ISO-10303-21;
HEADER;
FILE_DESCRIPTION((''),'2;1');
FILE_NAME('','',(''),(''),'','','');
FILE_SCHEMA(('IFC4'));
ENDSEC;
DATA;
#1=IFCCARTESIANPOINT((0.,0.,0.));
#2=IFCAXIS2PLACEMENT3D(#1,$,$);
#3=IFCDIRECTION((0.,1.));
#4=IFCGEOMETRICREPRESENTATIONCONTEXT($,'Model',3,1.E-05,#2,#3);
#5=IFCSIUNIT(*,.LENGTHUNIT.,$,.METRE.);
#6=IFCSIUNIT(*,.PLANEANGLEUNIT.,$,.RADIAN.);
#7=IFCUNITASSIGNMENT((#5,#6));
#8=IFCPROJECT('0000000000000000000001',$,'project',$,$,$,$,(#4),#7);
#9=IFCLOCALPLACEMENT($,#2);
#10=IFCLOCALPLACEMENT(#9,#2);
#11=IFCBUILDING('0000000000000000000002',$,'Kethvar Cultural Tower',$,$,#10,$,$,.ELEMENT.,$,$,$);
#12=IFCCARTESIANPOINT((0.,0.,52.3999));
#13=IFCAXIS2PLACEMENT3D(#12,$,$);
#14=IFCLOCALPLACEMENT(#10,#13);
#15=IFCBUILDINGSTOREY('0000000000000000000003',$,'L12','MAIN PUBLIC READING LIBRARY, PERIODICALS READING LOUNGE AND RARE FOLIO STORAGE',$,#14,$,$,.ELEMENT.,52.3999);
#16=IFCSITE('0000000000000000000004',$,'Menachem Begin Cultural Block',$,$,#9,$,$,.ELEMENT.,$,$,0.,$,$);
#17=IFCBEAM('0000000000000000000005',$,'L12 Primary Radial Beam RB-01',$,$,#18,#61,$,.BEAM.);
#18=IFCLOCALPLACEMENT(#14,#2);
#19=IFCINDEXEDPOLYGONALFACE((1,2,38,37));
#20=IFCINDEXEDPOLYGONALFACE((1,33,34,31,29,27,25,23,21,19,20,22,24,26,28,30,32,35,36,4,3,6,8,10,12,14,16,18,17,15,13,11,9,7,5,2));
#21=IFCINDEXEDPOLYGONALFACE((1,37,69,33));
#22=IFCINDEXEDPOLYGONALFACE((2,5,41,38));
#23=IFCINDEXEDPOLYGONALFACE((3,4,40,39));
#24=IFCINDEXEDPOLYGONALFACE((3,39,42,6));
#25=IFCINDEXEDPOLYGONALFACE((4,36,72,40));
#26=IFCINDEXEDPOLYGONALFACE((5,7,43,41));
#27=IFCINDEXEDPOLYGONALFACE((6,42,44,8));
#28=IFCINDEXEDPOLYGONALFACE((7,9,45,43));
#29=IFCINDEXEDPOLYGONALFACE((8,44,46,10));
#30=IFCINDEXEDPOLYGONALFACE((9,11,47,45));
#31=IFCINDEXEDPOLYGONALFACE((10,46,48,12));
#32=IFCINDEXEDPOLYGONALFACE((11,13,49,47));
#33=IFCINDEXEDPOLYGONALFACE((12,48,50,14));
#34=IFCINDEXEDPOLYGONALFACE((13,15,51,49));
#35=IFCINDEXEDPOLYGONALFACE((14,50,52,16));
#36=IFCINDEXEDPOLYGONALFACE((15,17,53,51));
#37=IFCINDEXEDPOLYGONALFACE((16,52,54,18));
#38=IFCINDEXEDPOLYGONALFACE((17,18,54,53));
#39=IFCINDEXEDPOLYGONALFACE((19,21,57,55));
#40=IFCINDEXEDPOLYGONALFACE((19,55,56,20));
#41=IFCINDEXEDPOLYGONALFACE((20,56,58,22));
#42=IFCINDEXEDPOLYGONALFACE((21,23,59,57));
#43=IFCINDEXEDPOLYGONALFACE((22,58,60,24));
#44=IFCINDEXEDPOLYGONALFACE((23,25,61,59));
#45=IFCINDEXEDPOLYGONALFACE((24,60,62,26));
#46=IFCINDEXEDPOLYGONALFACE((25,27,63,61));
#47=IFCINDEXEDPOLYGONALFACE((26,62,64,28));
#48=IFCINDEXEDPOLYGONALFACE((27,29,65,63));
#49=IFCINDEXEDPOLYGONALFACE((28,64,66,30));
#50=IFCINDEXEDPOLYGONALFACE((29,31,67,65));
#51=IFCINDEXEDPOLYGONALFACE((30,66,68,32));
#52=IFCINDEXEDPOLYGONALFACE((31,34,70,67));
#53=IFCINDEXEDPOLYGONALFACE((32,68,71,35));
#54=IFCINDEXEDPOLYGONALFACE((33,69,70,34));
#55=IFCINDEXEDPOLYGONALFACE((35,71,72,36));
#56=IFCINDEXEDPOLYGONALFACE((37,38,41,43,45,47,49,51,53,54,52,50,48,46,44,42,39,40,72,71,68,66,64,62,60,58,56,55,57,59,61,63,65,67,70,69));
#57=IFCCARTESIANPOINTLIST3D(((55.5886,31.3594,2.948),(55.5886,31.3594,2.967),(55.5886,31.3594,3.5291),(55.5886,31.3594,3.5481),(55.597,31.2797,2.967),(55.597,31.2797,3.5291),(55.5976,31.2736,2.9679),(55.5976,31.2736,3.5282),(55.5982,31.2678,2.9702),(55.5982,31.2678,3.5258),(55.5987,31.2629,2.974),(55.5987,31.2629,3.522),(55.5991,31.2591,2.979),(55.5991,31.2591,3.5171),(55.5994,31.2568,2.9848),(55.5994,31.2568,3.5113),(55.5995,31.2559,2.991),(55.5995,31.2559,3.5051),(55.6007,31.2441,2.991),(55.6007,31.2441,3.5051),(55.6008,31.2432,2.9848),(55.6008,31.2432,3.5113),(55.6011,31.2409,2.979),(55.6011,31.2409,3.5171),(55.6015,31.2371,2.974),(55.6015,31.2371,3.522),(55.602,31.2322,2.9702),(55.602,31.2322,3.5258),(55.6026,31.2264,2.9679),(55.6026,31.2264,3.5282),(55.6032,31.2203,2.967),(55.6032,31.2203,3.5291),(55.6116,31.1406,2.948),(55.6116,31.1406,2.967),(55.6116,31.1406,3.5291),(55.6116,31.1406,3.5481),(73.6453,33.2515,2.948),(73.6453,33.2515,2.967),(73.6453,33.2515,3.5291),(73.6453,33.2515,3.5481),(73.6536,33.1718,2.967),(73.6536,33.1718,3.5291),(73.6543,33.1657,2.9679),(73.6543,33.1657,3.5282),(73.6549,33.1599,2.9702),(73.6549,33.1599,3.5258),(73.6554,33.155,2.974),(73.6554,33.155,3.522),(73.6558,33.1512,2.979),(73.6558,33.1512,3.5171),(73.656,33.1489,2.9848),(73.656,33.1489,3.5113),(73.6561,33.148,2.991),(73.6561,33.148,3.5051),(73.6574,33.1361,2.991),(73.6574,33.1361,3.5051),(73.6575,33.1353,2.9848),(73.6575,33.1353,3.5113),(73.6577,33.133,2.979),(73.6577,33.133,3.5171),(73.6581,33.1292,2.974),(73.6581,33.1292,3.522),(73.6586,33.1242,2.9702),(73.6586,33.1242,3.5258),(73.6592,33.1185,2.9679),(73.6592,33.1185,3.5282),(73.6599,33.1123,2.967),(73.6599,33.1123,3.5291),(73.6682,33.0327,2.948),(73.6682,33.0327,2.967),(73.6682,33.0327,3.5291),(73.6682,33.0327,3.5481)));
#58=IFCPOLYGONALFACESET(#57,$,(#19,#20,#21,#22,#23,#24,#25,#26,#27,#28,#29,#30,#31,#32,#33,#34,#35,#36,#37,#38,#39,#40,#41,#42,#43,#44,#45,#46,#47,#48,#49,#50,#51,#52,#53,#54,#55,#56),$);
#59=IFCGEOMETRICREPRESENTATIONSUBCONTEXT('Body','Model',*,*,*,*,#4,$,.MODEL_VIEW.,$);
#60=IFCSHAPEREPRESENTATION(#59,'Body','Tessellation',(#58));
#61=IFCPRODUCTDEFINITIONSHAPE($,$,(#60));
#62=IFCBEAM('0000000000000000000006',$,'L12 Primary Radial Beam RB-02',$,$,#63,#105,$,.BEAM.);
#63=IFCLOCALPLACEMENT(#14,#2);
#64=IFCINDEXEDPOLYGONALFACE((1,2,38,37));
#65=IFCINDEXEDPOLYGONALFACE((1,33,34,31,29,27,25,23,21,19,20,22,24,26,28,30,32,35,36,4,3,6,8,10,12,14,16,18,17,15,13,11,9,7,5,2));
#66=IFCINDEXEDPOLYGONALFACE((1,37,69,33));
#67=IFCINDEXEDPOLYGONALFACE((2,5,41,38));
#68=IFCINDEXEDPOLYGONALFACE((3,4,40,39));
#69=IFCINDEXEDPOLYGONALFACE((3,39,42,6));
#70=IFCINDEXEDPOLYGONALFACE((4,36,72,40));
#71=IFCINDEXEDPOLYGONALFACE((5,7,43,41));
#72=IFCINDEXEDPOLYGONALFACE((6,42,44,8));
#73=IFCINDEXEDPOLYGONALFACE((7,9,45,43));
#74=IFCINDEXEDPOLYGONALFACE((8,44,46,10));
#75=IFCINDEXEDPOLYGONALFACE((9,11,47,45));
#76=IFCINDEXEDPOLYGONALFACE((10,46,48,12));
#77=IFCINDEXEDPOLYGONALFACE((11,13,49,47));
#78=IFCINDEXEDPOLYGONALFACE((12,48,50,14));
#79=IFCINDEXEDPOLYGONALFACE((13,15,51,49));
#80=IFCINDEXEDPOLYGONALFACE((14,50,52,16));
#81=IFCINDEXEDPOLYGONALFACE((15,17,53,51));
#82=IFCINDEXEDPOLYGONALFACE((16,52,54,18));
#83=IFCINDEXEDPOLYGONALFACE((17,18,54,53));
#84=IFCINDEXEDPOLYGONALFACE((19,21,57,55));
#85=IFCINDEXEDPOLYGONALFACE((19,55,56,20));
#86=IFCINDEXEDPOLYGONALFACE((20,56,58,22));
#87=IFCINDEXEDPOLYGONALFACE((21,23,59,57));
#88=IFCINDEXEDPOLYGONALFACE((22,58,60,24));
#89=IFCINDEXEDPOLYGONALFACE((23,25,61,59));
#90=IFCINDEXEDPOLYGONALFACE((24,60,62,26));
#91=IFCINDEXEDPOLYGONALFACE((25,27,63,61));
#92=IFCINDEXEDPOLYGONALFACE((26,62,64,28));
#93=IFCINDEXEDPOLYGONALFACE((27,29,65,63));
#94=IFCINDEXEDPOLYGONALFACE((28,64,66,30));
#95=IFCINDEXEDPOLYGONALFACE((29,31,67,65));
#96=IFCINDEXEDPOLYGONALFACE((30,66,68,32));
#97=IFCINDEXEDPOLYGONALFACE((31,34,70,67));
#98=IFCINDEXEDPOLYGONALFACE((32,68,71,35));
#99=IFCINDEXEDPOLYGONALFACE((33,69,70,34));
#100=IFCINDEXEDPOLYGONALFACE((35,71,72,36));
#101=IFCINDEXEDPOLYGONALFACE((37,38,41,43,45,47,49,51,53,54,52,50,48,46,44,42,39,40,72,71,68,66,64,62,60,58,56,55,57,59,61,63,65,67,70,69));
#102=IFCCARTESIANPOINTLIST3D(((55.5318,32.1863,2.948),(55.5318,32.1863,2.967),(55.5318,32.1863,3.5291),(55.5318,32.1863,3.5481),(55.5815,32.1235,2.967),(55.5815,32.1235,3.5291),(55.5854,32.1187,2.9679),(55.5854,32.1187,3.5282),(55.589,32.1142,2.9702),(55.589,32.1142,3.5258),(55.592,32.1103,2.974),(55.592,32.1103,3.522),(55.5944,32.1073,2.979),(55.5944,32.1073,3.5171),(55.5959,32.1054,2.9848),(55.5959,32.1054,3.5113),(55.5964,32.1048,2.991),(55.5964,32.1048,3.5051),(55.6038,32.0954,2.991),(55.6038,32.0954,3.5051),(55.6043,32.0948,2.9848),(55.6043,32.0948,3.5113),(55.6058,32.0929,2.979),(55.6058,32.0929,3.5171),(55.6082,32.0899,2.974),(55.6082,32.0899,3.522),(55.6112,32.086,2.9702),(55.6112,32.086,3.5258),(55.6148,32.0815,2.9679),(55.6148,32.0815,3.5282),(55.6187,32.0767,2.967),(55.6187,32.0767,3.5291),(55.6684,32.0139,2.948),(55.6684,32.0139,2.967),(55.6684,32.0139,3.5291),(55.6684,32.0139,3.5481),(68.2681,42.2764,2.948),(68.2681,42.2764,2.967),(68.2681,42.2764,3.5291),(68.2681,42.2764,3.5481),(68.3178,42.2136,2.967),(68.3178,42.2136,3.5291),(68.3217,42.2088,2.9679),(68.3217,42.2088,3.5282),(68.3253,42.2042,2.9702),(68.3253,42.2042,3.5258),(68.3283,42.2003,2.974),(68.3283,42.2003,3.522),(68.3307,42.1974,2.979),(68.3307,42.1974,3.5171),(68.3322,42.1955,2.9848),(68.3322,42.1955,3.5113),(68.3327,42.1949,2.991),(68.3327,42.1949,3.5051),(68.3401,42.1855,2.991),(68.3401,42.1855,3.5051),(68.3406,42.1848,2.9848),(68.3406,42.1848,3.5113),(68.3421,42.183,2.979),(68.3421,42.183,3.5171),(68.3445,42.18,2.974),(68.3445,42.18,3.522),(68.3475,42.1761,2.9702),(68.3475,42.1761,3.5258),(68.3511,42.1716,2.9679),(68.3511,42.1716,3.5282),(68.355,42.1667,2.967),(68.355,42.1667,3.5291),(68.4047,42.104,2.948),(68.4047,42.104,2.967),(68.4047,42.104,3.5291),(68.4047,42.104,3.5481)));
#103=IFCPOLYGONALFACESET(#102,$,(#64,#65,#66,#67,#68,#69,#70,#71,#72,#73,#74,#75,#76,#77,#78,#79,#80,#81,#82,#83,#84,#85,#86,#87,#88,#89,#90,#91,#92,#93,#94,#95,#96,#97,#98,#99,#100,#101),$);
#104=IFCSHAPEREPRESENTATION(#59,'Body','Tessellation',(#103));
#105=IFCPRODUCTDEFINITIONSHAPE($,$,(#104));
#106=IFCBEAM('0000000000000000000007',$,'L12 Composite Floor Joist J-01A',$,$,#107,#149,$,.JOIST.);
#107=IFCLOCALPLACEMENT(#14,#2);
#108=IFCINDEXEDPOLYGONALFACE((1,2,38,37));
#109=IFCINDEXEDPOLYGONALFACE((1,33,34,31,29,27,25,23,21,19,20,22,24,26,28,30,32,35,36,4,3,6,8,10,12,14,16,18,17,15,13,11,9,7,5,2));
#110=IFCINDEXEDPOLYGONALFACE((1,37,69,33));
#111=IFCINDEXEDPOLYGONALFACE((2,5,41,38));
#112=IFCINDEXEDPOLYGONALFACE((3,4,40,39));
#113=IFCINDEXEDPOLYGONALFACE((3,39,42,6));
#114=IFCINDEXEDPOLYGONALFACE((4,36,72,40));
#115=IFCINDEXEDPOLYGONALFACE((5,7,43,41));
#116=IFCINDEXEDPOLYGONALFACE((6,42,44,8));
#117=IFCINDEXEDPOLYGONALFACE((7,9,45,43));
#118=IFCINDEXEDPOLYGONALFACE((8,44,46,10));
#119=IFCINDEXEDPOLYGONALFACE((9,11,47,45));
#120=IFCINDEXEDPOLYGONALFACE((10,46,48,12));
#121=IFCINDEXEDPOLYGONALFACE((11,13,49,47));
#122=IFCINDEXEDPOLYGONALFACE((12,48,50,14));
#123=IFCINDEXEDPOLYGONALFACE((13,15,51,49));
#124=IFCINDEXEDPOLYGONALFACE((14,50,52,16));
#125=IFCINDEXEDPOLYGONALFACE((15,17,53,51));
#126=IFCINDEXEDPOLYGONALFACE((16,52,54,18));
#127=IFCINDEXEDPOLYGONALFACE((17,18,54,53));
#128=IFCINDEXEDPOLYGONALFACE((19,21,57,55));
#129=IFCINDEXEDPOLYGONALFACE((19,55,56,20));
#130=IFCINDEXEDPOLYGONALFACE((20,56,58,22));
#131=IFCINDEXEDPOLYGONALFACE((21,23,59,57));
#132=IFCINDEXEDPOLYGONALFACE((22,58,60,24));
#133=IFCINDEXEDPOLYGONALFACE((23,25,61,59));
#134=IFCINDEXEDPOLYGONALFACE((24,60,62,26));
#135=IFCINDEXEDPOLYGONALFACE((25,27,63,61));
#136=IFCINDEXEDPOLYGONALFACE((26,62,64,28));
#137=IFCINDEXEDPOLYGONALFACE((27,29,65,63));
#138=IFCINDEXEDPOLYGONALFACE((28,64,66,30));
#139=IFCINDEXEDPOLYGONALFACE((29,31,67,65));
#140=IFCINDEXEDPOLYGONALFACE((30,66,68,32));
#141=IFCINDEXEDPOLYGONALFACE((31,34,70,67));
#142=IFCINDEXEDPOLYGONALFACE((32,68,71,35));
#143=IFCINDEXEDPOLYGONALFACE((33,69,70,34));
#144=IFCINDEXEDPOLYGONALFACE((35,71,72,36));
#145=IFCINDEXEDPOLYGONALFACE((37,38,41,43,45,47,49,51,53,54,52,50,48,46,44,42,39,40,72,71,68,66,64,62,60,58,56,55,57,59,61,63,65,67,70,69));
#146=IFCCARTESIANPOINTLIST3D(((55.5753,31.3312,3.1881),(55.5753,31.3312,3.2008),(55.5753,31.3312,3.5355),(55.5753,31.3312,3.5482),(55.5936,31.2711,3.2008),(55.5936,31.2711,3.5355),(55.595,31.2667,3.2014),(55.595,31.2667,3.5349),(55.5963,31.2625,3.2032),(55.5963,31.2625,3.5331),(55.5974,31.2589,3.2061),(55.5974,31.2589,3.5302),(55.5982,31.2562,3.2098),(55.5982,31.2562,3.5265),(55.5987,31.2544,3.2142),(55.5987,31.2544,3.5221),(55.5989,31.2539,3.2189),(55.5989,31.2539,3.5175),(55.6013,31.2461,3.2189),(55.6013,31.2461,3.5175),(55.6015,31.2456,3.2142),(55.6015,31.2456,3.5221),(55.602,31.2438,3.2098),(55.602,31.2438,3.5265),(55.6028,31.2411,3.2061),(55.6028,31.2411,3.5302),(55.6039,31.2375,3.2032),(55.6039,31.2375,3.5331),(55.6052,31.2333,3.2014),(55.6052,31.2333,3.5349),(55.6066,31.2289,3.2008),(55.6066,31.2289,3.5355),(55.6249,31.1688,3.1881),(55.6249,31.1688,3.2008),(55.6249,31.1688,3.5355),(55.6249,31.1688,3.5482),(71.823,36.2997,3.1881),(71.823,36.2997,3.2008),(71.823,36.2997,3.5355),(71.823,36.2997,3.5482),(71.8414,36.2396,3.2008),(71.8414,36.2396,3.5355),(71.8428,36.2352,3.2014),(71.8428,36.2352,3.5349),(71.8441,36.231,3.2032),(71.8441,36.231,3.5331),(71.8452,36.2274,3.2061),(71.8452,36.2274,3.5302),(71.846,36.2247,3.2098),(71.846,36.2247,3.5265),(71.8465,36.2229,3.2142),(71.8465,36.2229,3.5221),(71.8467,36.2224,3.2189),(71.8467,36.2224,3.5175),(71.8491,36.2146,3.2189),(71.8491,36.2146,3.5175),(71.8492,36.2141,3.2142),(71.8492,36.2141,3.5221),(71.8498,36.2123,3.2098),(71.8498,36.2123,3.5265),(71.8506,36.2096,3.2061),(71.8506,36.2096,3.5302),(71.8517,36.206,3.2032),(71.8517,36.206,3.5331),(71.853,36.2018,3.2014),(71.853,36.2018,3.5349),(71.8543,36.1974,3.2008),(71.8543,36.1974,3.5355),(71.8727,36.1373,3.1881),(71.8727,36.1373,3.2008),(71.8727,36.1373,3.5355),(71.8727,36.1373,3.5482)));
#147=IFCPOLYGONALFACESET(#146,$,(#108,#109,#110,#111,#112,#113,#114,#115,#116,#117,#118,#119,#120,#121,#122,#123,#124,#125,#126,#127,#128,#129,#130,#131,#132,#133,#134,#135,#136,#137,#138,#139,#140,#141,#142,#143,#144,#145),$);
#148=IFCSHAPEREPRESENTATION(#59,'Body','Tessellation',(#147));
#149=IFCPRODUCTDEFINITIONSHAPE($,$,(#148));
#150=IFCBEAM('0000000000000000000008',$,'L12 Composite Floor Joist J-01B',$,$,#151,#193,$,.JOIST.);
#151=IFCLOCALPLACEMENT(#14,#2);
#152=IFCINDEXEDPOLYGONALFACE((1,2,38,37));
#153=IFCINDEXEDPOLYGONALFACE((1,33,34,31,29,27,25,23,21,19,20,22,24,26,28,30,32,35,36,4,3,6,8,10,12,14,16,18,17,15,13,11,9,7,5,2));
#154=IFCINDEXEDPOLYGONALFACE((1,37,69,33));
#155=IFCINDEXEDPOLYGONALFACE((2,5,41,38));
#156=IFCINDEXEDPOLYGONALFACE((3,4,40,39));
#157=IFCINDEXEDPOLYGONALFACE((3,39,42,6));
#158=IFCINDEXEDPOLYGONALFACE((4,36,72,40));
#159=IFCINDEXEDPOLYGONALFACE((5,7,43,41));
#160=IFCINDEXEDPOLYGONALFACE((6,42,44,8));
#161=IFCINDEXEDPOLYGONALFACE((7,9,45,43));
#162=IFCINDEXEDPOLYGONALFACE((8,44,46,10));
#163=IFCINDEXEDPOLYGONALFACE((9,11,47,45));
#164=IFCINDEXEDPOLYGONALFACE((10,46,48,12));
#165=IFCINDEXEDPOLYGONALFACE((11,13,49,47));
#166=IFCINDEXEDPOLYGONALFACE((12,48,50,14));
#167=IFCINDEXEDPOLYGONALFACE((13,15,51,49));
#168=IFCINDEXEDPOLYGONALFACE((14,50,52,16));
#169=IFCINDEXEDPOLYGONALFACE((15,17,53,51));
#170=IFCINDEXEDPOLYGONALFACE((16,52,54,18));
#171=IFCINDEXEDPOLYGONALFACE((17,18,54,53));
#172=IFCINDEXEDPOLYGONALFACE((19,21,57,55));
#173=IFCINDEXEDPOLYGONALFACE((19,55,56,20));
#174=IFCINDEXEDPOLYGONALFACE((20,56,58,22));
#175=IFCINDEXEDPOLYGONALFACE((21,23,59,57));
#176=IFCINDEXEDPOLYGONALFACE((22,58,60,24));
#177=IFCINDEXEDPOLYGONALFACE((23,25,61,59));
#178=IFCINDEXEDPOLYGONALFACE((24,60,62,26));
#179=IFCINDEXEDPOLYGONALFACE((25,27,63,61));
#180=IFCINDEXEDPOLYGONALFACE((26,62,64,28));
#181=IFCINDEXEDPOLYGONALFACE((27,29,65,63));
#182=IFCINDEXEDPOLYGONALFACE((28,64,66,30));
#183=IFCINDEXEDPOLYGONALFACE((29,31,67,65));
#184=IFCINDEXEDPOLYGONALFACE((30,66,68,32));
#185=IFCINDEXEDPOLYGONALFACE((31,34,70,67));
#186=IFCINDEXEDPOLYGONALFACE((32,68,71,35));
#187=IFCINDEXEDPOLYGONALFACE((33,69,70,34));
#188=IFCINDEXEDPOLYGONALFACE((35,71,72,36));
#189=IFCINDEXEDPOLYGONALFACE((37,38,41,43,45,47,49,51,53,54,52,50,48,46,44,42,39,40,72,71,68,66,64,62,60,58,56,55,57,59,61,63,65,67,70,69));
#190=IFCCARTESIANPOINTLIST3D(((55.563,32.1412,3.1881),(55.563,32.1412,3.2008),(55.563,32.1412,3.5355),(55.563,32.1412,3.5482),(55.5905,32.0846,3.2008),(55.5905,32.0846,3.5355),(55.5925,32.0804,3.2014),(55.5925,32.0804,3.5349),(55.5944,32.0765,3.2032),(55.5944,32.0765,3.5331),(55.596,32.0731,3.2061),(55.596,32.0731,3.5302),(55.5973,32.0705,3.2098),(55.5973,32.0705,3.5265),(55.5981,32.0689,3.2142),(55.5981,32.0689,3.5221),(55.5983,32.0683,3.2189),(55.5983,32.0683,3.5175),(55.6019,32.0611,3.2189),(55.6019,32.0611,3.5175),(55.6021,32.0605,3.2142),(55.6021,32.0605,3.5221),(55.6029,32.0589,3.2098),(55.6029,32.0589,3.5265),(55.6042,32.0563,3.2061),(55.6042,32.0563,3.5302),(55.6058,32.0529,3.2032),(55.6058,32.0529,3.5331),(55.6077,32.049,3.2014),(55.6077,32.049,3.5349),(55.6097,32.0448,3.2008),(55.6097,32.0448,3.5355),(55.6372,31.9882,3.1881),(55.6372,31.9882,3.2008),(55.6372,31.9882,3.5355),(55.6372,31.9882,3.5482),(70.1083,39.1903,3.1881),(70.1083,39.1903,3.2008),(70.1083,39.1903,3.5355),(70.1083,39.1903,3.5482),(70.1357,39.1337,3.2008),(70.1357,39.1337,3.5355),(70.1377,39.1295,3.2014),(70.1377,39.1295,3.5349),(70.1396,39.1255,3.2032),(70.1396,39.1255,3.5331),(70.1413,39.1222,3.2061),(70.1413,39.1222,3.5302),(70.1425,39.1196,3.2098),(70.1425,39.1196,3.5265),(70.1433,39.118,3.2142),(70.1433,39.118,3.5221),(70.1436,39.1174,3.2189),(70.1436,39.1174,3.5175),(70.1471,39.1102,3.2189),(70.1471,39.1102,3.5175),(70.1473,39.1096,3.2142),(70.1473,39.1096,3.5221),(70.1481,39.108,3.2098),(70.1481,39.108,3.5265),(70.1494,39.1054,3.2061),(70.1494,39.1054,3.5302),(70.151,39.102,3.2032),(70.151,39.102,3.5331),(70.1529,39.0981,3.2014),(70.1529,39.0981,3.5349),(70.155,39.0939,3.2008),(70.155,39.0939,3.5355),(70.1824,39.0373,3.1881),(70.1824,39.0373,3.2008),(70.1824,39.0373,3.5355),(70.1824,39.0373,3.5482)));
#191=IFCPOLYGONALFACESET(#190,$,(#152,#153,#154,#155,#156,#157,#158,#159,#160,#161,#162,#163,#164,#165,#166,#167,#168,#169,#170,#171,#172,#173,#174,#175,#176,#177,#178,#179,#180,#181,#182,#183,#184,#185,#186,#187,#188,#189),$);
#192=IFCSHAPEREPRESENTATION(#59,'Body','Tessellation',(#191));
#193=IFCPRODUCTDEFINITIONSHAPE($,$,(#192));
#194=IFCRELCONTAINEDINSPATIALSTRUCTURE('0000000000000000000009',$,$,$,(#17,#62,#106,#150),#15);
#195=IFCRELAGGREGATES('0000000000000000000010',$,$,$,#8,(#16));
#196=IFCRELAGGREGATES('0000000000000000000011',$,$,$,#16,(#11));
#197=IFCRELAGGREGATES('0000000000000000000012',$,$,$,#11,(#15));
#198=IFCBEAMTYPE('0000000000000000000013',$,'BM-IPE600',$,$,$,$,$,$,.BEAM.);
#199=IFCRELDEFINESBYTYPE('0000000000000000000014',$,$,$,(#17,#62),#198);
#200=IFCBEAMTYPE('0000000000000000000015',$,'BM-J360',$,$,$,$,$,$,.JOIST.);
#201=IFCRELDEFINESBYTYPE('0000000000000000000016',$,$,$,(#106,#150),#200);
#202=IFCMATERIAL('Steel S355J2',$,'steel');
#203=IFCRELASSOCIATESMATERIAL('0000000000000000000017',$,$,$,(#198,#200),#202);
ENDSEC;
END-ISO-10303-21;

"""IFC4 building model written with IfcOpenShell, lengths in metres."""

from ifc_helpers import new_model, si_unit, direction, frame, origin, origin_2d, place, context, subcontext, project, spatial, i_section, extrude, source, transform, mapped, material, material_profile, profile_set, type_object, element, save


model = new_model("IFC4")

# Units and contexts
model_context = context("Model", 3, precision=1e-05, world=origin(), true_north=direction((0.0, 1.0)))
body_context = subcontext(model_context, "Body", "Model", "MODEL_VIEW")
ifc_project = project(units=[si_unit("LENGTHUNIT", "METRE"), si_unit("PLANEANGLEUNIT", "RADIAN")], contexts=[model_context])

# Site, building, storey
site_placement = place(None, origin())
site = spatial("IfcSite", under=ifc_project, at=site_placement, Name="Menachem Begin Cultural Block", CompositionType="ELEMENT", RefElevation=0.0)
building_placement = place(site_placement, origin())
building = spatial("IfcBuilding", under=site, at=building_placement, Name="Kethvar Cultural Tower", CompositionType="ELEMENT")
storey_placement = place(building_placement, frame((0.0, 0.0, 52.3999)))
storey = spatial("IfcBuildingStorey", under=building, at=storey_placement, Name="L12", Description="MAIN PUBLIC READING LIBRARY, PERIODICALS READING LOUNGE AND RARE FOLIO STORAGE", CompositionType="ELEMENT", Elevation=52.3999)

# Beams
ifc_material_1 = material(Name="Steel S355J2", Category="steel")
ifc_material_profile_1 = material_profile(ifc_material_1, i_section(OverallWidth=0.22, OverallDepth=0.6001, WebThickness=0.012, FlangeThickness=0.019, FilletRadius=0.0239, at=origin_2d()), Name="Steel S355J2 — IPE600")
ifc_profile_set_1 = profile_set([ifc_material_profile_1], Name="Steel S355J2 — IPE600")
beam_type_1 = type_object("IfcBeamType", Name="BM-IPE600", PredefinedType="BEAM", material=ifc_profile_set_1)
shared_shape_1 = source(origin(), body_context, "Body", "SweptSolid", [
    extrude(i_section(OverallWidth=0.22, OverallDepth=0.6001, WebThickness=0.012, FlangeThickness=0.019, FilletRadius=0.0239, at=origin_2d()), origin(), (0.0, 0.0, 1.0), 18.1555),
])
beam_1_placement = place(storey_placement, frame((55.6001, 31.25, 3.248), z_axis=(0.994555, 0.104216, 0.0), x_axis=(-0.104216, 0.994555, 0.0)))
element("IfcBeam", 1, at=beam_1_placement, inside=storey, type_object=beam_type_1, Name="L12 Primary Radial Beam RB-01", PredefinedType="BEAM", context=body_context, shape_type="MappedRepresentation", body=[
    mapped(shared_shape_1, transform((0.0, 0.0, 0.0), scale=1.0)),
])
shared_shape_2 = source(origin(), body_context, "Body", "SweptSolid", [
    extrude(i_section(OverallWidth=0.22, OverallDepth=0.6001, WebThickness=0.012, FlangeThickness=0.019, FilletRadius=0.0239, at=origin_2d()), origin(), (0.0, 0.0, 1.0), 16.2488),
])
beam_2_placement = place(storey_placement, frame((55.6001, 32.1001, 3.248), z_axis=(0.783831, 0.620974, 0.0), x_axis=(-0.620974, 0.783831, 0.0)))
element("IfcBeam", 2, at=beam_2_placement, inside=storey, type_object=beam_type_1, Name="L12 Primary Radial Beam RB-02", PredefinedType="BEAM", context=body_context, shape_type="MappedRepresentation", body=[
    mapped(shared_shape_2, transform((0.0, 0.0, 0.0), scale=1.0)),
])
ifc_material_profile_2 = material_profile(ifc_material_1, i_section(OverallWidth=0.1699, OverallDepth=0.3601, WebThickness=0.0081, FlangeThickness=0.0127, FilletRadius=0.0181, at=origin_2d()), Name="Steel S355J2 — IPE360")
ifc_profile_set_2 = profile_set([ifc_material_profile_2], Name="Steel S355J2 — IPE360")
beam_type_2 = type_object("IfcBeamType", Name="BM-J360", PredefinedType="JOIST", material=ifc_profile_set_2)
shared_shape_3 = source(origin(), body_context, "Body", "SweptSolid", [
    extrude(i_section(OverallWidth=0.1699, OverallDepth=0.3601, WebThickness=0.0081, FlangeThickness=0.0127, FilletRadius=0.0181, at=origin_2d()), origin(), (0.0, 0.0, 1.0), 16.9905),
])
beam_3_placement = place(storey_placement, frame((55.6001, 31.25, 3.3682), z_axis=(0.956287, 0.292428, 0.0), x_axis=(-0.292428, 0.956287, 0.0)))
element("IfcBeam", 3, at=beam_3_placement, inside=storey, type_object=beam_type_2, Name="L12 Composite Floor Joist J-01A", PredefinedType="JOIST", context=body_context, shape_type="MappedRepresentation", body=[
    mapped(shared_shape_3, transform((0.0, 0.0, 0.0), scale=1.0)),
])
shared_shape_4 = source(origin(), body_context, "Body", "SweptSolid", [
    extrude(i_section(OverallWidth=0.1699, OverallDepth=0.3601, WebThickness=0.0081, FlangeThickness=0.0127, FilletRadius=0.0181, at=origin_2d()), origin(), (0.0, 0.0, 1.0), 16.1633),
])
beam_4_placement = place(storey_placement, frame((55.6001, 32.0647, 3.3682), z_axis=(0.89989, 0.436117, 0.0), x_axis=(-0.436117, 0.89989, 0.0)))
element("IfcBeam", 4, at=beam_4_placement, inside=storey, type_object=beam_type_2, Name="L12 Composite Floor Joist J-01B", PredefinedType="JOIST", context=body_context, shape_type="MappedRepresentation", body=[
    mapped(shared_shape_4, transform((0.0, 0.0, 0.0), scale=1.0)),
])

save(model, "model.ifc")
